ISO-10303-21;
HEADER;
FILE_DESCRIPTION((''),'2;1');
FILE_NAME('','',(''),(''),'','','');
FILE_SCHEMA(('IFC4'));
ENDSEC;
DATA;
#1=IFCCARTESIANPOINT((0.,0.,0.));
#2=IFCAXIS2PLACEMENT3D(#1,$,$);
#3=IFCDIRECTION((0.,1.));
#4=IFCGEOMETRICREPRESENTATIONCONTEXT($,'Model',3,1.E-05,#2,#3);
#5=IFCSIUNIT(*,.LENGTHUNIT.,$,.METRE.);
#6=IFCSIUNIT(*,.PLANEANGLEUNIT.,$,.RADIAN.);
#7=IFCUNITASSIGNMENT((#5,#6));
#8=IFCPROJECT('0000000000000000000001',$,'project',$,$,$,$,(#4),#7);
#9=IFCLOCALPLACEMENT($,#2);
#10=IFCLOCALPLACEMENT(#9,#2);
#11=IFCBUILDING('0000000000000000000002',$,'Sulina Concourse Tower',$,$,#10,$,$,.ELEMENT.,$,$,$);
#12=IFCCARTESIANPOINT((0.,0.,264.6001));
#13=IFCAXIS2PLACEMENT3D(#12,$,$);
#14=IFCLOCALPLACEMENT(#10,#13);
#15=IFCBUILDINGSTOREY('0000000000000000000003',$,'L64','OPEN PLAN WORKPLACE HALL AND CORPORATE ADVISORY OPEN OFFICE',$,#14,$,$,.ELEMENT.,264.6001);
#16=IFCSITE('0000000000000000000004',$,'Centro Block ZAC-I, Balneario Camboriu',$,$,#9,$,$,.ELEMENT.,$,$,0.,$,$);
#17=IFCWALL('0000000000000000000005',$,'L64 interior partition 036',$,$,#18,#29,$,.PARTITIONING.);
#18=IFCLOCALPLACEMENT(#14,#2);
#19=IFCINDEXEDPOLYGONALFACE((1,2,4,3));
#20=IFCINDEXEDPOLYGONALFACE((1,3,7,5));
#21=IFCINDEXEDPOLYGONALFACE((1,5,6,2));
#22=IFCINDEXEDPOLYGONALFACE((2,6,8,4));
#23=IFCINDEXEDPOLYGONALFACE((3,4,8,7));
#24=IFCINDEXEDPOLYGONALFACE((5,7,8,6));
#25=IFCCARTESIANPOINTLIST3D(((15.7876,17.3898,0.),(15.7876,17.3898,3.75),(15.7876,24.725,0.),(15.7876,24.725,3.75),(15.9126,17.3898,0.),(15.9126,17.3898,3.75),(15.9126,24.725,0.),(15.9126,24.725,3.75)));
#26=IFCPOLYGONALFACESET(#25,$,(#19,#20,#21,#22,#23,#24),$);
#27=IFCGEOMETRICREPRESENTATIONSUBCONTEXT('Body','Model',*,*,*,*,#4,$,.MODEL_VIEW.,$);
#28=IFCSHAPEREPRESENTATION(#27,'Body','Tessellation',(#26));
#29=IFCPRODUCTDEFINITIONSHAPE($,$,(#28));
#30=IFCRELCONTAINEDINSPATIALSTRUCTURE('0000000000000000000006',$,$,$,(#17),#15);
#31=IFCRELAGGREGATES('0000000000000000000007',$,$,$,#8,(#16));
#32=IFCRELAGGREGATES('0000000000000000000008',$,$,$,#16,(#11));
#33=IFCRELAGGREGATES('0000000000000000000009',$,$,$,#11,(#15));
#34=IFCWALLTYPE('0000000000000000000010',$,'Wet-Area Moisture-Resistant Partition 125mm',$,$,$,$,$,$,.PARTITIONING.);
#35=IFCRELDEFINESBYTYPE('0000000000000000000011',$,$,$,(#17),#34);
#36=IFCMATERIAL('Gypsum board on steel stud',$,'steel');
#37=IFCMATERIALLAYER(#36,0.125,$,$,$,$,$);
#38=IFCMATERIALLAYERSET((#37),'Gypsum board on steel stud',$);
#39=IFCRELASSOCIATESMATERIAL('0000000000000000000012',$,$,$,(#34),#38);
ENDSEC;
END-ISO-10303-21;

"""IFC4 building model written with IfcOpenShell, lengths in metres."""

from ifc_helpers import new_model, si_unit, direction, frame, frame_2d, origin, place, context, subcontext, project, spatial, rectangle, extrude, material, layer, layer_set, type_object, element, save


model = new_model("IFC4")

# Units and contexts
model_context = context("Model", 3, precision=1e-05, world=origin(), true_north=direction((0.0, 1.0)))
body_context = subcontext(model_context, "Body", "Model", "MODEL_VIEW")
ifc_project = project(units=[si_unit("LENGTHUNIT", "METRE"), si_unit("PLANEANGLEUNIT", "RADIAN")], contexts=[model_context])

# Site, building, storey
site_placement = place(None, origin())
site = spatial("IfcSite", under=ifc_project, at=site_placement, Name="Centro Block ZAC-I, Balneario Camboriu", CompositionType="ELEMENT", RefElevation=0.0)
building_placement = place(site_placement, origin())
building = spatial("IfcBuilding", under=site, at=building_placement, Name="Sulina Concourse Tower", CompositionType="ELEMENT")
storey_placement = place(building_placement, frame((0.0, 0.0, 264.6001)))
storey = spatial("IfcBuildingStorey", under=building, at=storey_placement, Name="L64", Description="OPEN PLAN WORKPLACE HALL AND CORPORATE ADVISORY OPEN OFFICE", CompositionType="ELEMENT", Elevation=264.6001)

# Wall
ifc_material_1 = material(Name="Gypsum board on steel stud", Category="steel")
ifc_layer_1 = layer(ifc_material_1, 0.125)
ifc_layer_set_1 = layer_set([ifc_layer_1], Name="Gypsum board on steel stud")
wall_type_1 = type_object("IfcWallType", Name="Wet-Area Moisture-Resistant Partition 125mm", PredefinedType="PARTITIONING", material=ifc_layer_set_1)
wall_1_placement = place(storey_placement, frame((15.8501, 17.3899, 0.0), z_axis=(0.0, 0.0, 1.0), x_axis=(0.0, 1.0, 0.0)))
element("IfcWall", 1, at=wall_1_placement, inside=storey, type_object=wall_type_1, Name="L64 interior partition 036", PredefinedType="PARTITIONING", context=body_context, shape_type="SweptSolid", body=[
    extrude(rectangle(XDim=7.3352, YDim=0.125, at=frame_2d((3.6675, 0.0))), origin(), (0.0, 0.0, 1.0), 3.75),
])

save(model, "model.ifc")
